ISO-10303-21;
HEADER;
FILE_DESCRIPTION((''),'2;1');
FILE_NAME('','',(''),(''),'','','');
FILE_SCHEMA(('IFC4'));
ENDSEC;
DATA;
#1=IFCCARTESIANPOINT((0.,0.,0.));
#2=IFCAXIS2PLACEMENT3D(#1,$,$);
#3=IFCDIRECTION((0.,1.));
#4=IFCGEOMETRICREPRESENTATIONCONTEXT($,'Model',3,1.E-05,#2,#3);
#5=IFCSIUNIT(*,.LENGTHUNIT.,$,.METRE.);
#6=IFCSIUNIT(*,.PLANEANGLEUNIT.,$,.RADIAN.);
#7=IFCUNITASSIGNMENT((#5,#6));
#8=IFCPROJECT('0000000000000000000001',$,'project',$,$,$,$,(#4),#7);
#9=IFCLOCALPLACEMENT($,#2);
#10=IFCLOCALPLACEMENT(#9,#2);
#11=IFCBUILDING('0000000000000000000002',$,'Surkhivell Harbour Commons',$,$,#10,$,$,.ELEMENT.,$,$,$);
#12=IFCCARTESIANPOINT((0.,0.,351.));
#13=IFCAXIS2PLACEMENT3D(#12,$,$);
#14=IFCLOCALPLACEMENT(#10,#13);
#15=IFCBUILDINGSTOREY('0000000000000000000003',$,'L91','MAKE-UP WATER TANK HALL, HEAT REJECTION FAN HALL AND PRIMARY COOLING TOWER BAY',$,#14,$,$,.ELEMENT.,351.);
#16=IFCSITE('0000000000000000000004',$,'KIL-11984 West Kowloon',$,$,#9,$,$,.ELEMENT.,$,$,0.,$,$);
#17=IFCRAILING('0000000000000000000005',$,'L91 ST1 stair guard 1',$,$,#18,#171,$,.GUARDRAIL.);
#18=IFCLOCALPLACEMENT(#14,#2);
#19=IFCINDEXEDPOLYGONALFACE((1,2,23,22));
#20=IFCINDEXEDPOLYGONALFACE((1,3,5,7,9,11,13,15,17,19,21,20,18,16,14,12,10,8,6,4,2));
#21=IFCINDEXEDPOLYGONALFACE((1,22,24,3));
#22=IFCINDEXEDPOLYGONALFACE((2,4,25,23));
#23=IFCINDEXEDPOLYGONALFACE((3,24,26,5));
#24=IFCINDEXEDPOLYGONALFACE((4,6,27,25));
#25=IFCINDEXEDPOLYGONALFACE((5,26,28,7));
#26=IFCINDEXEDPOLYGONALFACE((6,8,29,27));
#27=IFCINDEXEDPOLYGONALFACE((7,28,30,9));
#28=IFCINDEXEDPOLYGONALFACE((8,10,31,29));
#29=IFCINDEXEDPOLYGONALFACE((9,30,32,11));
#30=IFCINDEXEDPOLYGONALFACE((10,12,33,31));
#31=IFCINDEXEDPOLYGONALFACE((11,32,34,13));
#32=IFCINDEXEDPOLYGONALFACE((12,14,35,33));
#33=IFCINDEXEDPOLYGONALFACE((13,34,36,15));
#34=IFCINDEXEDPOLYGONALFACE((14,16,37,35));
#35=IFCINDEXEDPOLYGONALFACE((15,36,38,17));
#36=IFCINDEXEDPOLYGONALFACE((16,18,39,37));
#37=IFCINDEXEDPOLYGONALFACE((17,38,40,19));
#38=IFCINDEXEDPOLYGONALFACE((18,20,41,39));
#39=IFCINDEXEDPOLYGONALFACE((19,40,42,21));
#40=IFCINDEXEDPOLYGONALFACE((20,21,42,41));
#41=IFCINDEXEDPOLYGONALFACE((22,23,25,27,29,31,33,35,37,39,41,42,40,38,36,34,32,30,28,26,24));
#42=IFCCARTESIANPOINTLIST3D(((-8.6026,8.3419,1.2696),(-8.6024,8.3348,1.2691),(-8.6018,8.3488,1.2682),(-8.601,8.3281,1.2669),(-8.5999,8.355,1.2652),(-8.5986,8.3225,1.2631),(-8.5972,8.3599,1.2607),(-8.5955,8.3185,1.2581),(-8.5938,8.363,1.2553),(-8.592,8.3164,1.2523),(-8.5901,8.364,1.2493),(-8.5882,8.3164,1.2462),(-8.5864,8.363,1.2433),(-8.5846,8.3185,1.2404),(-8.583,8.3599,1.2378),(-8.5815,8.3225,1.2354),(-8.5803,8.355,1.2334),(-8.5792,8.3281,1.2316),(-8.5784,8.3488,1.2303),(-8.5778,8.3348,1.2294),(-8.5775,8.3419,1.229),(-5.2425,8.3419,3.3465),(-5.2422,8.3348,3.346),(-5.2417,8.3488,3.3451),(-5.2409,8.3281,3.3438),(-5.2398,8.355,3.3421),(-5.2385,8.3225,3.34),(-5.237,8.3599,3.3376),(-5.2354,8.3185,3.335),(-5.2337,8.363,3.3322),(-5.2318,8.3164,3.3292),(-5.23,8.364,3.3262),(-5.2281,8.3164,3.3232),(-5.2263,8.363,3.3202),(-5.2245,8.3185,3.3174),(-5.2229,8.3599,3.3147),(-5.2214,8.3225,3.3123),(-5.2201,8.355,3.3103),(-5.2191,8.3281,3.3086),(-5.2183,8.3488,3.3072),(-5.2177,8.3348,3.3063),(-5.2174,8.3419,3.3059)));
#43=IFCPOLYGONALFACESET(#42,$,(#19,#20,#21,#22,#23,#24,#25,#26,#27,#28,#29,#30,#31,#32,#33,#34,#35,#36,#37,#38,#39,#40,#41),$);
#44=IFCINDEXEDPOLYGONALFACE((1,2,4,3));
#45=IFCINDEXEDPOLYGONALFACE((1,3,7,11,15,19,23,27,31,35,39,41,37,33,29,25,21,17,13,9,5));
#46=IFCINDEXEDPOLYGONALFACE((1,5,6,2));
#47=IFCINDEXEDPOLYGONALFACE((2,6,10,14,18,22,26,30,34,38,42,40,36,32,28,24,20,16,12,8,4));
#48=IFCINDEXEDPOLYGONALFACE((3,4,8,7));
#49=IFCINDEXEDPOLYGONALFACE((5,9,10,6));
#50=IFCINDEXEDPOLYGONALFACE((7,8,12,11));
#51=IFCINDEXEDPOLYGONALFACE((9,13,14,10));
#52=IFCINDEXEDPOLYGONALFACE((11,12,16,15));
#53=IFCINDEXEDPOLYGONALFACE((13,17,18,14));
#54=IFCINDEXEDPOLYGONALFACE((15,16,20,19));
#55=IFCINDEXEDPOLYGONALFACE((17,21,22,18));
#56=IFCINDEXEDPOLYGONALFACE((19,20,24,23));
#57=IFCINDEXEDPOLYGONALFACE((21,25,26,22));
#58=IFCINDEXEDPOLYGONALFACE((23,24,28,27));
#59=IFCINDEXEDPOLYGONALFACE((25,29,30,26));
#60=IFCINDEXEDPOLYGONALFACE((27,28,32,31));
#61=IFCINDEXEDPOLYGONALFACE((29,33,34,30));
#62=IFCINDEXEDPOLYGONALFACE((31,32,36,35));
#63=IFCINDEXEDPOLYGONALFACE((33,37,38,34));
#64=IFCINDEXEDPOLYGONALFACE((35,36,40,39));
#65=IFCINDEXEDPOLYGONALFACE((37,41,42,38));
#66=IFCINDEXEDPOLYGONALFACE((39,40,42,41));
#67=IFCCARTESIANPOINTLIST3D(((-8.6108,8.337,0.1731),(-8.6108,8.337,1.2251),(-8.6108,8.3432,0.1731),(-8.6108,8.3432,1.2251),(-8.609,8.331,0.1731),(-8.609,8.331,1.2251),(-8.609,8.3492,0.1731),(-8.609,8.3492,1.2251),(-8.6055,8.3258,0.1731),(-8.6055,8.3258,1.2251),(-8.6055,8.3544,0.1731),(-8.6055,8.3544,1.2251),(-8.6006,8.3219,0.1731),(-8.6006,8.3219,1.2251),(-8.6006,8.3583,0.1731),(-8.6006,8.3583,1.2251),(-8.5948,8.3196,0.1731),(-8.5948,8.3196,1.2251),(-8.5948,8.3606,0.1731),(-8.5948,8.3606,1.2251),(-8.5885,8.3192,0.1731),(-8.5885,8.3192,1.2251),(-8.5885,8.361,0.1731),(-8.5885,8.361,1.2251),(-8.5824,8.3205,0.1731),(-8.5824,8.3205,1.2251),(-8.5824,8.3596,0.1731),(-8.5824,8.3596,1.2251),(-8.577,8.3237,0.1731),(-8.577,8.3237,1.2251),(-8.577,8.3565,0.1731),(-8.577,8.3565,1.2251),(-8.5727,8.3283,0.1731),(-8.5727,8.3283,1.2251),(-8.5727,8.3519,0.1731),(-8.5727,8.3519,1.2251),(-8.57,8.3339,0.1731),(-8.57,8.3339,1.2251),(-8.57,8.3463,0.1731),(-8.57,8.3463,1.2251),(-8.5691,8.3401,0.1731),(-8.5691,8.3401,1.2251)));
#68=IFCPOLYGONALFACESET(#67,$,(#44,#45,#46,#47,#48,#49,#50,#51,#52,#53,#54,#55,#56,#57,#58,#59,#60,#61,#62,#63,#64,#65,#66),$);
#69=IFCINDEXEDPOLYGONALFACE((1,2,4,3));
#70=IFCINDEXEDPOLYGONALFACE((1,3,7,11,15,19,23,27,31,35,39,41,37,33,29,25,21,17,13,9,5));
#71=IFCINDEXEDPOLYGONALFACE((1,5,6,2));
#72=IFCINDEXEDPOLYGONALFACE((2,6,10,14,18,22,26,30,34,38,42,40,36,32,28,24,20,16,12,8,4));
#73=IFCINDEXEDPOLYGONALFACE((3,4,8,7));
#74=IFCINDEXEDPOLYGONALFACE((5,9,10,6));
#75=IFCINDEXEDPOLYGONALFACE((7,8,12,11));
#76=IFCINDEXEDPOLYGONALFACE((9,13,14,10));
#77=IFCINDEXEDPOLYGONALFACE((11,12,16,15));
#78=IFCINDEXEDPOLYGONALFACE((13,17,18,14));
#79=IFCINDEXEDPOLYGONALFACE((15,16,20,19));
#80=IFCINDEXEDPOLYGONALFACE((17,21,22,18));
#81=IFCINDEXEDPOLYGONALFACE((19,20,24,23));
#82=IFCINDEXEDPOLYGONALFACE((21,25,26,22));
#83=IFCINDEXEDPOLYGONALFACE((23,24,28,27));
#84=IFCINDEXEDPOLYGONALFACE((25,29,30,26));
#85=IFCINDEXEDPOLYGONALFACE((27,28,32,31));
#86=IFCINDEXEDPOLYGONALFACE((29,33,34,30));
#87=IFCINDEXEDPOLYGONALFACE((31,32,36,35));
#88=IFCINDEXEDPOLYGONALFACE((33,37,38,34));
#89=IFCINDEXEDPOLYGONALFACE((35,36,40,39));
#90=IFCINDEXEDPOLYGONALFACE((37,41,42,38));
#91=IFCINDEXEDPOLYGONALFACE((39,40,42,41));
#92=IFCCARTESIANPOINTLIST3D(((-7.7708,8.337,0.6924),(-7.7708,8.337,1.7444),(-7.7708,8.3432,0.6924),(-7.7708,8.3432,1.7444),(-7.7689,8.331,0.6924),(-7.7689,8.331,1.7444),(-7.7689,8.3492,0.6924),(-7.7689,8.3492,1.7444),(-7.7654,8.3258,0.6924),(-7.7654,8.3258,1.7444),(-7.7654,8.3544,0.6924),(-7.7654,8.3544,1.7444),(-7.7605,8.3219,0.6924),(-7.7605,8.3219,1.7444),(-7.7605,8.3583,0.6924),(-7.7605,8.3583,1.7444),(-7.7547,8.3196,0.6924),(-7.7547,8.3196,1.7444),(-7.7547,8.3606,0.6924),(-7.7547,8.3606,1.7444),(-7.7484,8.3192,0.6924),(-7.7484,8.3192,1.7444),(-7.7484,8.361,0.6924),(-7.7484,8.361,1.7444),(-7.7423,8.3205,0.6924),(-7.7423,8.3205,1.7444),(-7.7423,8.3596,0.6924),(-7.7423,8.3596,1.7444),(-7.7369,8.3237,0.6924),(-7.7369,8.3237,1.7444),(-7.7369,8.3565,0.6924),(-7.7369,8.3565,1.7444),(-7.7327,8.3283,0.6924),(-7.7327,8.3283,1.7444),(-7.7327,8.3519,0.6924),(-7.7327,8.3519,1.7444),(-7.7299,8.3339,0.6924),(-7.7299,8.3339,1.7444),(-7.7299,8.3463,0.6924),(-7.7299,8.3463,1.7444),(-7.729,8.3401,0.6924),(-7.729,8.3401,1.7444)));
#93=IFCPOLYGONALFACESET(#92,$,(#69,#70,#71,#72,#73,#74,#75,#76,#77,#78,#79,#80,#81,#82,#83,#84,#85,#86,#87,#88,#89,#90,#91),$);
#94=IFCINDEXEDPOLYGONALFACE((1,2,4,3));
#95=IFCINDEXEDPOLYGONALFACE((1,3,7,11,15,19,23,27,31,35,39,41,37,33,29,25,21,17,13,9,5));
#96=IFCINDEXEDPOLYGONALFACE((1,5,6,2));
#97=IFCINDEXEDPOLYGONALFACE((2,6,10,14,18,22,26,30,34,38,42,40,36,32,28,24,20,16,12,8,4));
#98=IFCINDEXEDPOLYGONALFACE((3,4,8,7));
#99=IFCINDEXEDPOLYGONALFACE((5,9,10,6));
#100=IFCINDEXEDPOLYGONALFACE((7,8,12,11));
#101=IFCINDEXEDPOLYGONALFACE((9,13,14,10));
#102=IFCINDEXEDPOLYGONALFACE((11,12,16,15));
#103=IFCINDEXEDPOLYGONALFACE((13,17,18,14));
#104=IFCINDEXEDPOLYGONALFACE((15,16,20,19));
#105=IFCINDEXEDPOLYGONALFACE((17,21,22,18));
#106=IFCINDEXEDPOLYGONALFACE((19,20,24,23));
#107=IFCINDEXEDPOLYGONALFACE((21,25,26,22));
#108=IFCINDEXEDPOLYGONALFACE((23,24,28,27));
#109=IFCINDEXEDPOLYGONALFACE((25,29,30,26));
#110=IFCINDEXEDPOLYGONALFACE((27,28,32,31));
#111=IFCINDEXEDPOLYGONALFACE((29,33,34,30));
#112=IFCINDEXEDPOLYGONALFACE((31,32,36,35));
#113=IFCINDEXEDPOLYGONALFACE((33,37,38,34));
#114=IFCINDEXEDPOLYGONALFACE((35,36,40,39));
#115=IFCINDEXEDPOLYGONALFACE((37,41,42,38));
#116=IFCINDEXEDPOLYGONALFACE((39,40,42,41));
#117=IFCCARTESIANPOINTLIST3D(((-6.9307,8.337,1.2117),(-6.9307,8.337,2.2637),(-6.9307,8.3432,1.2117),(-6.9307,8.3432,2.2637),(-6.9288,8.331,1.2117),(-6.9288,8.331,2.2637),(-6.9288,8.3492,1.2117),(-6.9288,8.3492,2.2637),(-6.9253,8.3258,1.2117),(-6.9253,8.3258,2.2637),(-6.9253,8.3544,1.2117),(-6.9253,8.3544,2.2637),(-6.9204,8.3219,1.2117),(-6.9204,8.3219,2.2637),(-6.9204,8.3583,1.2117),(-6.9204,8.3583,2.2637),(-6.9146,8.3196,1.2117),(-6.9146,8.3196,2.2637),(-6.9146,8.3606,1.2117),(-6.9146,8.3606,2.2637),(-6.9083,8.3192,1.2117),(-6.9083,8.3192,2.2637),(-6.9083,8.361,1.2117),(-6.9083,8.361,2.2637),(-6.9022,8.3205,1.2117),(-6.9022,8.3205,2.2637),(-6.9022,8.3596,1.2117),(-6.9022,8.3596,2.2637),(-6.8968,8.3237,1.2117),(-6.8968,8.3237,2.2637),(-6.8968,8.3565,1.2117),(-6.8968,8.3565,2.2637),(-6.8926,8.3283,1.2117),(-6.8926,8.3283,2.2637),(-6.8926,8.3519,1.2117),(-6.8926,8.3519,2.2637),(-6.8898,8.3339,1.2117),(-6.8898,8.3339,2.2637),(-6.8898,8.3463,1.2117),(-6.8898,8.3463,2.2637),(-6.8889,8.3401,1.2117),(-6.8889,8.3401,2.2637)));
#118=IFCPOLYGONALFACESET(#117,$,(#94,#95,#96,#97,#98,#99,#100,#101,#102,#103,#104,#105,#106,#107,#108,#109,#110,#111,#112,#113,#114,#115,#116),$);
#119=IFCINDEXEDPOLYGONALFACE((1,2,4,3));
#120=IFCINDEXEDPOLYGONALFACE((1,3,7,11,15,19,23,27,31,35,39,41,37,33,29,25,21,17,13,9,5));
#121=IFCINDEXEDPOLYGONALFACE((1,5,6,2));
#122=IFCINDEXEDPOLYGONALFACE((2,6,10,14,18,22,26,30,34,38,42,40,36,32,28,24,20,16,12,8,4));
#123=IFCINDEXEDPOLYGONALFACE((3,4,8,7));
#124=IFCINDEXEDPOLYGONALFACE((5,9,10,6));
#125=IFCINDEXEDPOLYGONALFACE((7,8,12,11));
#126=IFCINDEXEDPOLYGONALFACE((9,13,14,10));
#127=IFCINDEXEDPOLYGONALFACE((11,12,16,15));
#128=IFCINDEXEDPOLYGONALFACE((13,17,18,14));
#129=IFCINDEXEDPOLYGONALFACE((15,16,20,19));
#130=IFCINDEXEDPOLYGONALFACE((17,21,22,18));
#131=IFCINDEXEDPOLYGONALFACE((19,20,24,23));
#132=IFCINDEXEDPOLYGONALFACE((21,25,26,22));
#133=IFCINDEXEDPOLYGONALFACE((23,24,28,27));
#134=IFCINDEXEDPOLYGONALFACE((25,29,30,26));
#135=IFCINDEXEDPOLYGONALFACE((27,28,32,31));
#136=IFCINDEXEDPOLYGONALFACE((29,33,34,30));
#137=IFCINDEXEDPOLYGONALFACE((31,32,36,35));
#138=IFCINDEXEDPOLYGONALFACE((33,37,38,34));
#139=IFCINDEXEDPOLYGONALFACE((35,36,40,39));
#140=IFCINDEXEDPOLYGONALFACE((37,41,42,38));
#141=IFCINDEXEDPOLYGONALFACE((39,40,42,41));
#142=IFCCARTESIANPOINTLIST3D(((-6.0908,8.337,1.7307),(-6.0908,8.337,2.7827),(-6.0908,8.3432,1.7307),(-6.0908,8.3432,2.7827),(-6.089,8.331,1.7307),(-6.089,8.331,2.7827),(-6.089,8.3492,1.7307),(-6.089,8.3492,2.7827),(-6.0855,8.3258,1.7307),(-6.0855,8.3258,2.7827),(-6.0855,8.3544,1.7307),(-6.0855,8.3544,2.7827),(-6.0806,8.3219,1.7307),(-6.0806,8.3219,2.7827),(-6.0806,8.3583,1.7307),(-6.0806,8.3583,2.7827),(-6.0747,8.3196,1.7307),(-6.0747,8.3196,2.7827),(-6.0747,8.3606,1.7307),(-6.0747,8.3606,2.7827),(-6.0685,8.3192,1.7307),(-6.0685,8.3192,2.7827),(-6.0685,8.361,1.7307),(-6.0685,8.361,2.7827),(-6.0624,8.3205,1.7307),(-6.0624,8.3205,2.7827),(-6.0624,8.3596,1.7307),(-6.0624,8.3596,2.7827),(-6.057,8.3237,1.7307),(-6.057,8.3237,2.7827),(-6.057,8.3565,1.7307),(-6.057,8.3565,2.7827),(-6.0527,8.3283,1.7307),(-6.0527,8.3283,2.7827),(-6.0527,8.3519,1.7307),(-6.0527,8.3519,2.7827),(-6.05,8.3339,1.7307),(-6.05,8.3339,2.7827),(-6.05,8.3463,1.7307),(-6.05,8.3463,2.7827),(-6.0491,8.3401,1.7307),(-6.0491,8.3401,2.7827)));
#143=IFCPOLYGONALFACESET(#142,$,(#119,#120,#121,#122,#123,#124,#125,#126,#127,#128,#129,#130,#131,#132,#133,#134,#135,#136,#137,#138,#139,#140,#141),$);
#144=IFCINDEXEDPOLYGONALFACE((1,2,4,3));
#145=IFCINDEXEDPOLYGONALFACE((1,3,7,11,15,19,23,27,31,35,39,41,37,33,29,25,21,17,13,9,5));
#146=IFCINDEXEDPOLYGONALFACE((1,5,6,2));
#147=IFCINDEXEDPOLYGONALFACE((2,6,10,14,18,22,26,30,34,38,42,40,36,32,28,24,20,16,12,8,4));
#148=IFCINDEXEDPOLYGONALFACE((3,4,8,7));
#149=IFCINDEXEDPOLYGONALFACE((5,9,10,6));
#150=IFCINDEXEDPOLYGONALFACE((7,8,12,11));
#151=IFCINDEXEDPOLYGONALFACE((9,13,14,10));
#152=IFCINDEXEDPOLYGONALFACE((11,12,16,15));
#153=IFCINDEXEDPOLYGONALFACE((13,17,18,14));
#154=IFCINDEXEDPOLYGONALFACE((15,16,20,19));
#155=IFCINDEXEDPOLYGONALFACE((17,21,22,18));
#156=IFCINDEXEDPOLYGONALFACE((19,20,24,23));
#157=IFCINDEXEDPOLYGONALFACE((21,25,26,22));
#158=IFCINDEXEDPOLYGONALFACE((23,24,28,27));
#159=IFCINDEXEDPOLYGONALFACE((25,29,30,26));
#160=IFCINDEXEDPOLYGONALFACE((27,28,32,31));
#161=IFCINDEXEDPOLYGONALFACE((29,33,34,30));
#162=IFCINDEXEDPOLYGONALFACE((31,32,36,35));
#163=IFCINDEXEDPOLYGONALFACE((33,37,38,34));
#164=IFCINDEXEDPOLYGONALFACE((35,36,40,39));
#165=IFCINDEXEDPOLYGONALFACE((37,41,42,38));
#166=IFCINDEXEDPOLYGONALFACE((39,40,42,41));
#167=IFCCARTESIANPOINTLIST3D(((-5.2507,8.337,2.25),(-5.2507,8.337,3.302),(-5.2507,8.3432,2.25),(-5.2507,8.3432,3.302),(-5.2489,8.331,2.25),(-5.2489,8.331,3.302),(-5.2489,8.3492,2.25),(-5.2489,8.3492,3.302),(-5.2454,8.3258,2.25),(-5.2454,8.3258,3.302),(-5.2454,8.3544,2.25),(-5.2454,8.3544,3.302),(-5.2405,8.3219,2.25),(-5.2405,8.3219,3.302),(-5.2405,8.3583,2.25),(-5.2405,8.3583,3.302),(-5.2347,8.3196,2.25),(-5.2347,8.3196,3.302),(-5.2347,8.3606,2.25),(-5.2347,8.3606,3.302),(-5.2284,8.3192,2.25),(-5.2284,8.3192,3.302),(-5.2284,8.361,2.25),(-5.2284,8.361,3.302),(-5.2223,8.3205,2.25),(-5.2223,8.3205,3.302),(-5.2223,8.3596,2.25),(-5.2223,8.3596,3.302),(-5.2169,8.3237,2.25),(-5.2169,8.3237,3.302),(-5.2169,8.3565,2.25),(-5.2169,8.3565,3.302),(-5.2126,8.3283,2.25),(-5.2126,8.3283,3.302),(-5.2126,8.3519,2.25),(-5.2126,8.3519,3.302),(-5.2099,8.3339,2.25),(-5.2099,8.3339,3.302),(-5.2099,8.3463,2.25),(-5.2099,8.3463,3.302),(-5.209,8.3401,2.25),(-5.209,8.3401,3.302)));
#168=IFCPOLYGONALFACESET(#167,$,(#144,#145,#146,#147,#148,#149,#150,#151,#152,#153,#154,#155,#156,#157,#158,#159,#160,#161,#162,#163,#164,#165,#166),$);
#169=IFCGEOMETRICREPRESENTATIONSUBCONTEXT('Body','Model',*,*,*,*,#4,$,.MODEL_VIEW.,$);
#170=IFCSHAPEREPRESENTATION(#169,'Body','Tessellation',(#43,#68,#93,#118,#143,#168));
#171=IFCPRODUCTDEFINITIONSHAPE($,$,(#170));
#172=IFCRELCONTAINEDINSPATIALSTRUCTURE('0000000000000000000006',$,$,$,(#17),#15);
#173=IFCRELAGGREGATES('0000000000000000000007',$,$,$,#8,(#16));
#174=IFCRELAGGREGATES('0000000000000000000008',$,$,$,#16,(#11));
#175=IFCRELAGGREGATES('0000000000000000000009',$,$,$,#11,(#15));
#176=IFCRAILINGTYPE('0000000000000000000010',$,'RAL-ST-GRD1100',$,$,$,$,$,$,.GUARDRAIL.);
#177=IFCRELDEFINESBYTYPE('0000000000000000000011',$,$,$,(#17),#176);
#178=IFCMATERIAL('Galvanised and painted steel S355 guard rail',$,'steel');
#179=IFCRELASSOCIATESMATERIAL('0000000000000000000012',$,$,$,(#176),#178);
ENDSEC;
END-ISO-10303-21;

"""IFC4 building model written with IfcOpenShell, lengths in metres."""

from ifc_helpers import new_model, si_unit, direction, frame, origin, origin_2d, place, context, subcontext, project, spatial, circle, extrude, material, type_object, element, save


model = new_model("IFC4")

# Units and contexts
model_context = context("Model", 3, precision=1e-05, world=origin(), true_north=direction((0.0, 1.0)))
body_context = subcontext(model_context, "Body", "Model", "MODEL_VIEW")
ifc_project = project(units=[si_unit("LENGTHUNIT", "METRE"), si_unit("PLANEANGLEUNIT", "RADIAN")], contexts=[model_context])

# Site, building, storey
site_placement = place(None, origin())
site = spatial("IfcSite", under=ifc_project, at=site_placement, Name="KIL-11984 West Kowloon", CompositionType="ELEMENT", RefElevation=0.0)
building_placement = place(site_placement, origin())
building = spatial("IfcBuilding", under=site, at=building_placement, Name="Surkhivell Harbour Commons", CompositionType="ELEMENT")
storey_placement = place(building_placement, frame((0.0, 0.0, 351.0)))
storey = spatial("IfcBuildingStorey", under=building, at=storey_placement, Name="L91", Description="MAKE-UP WATER TANK HALL, HEAT REJECTION FAN HALL AND PRIMARY COOLING TOWER BAY", CompositionType="ELEMENT", Elevation=351.0)

# Railing
ifc_material_1 = material(Name="Galvanised and painted steel S355 guard rail", Category="steel")
railing_type_1 = type_object("IfcRailingType", Name="RAL-ST-GRD1100", PredefinedType="GUARDRAIL", material=ifc_material_1)
railing_1_placement = place(storey_placement, frame((-8.5901, 8.3401, 0.1731)))
element("IfcRailing", 1, at=railing_1_placement, inside=storey, type_object=railing_type_1, Name="L91 ST1 stair guard 1", PredefinedType="GUARDRAIL", context=body_context, shape_type="SweptSolid", body=[
    extrude(circle(Radius=0.0239, at=origin_2d()), frame((0.0, 0.0, 1.0762), z_axis=(0.850623, 0.0, 0.525776), x_axis=(0.0, 1.0, 0.0)), (0.0, 0.0, 1.0), 3.9502),
    extrude(circle(Radius=0.021, at=origin_2d()), origin(), (0.0, 0.0, 1.0), 1.052),
    extrude(circle(Radius=0.021, at=origin_2d()), frame((0.8401, 0.0, 0.5193)), (0.0, 0.0, 1.0), 1.052),
    extrude(circle(Radius=0.021, at=origin_2d()), frame((1.6802, 0.0, 1.0386)), (0.0, 0.0, 1.0), 1.052),
    extrude(circle(Radius=0.021, at=origin_2d()), frame((2.52, 0.0, 1.5576)), (0.0, 0.0, 1.0), 1.052),
    extrude(circle(Radius=0.021, at=origin_2d()), frame((3.3601, 0.0, 2.0769)), (0.0, 0.0, 1.0), 1.052),
])

save(model, "model.ifc")
